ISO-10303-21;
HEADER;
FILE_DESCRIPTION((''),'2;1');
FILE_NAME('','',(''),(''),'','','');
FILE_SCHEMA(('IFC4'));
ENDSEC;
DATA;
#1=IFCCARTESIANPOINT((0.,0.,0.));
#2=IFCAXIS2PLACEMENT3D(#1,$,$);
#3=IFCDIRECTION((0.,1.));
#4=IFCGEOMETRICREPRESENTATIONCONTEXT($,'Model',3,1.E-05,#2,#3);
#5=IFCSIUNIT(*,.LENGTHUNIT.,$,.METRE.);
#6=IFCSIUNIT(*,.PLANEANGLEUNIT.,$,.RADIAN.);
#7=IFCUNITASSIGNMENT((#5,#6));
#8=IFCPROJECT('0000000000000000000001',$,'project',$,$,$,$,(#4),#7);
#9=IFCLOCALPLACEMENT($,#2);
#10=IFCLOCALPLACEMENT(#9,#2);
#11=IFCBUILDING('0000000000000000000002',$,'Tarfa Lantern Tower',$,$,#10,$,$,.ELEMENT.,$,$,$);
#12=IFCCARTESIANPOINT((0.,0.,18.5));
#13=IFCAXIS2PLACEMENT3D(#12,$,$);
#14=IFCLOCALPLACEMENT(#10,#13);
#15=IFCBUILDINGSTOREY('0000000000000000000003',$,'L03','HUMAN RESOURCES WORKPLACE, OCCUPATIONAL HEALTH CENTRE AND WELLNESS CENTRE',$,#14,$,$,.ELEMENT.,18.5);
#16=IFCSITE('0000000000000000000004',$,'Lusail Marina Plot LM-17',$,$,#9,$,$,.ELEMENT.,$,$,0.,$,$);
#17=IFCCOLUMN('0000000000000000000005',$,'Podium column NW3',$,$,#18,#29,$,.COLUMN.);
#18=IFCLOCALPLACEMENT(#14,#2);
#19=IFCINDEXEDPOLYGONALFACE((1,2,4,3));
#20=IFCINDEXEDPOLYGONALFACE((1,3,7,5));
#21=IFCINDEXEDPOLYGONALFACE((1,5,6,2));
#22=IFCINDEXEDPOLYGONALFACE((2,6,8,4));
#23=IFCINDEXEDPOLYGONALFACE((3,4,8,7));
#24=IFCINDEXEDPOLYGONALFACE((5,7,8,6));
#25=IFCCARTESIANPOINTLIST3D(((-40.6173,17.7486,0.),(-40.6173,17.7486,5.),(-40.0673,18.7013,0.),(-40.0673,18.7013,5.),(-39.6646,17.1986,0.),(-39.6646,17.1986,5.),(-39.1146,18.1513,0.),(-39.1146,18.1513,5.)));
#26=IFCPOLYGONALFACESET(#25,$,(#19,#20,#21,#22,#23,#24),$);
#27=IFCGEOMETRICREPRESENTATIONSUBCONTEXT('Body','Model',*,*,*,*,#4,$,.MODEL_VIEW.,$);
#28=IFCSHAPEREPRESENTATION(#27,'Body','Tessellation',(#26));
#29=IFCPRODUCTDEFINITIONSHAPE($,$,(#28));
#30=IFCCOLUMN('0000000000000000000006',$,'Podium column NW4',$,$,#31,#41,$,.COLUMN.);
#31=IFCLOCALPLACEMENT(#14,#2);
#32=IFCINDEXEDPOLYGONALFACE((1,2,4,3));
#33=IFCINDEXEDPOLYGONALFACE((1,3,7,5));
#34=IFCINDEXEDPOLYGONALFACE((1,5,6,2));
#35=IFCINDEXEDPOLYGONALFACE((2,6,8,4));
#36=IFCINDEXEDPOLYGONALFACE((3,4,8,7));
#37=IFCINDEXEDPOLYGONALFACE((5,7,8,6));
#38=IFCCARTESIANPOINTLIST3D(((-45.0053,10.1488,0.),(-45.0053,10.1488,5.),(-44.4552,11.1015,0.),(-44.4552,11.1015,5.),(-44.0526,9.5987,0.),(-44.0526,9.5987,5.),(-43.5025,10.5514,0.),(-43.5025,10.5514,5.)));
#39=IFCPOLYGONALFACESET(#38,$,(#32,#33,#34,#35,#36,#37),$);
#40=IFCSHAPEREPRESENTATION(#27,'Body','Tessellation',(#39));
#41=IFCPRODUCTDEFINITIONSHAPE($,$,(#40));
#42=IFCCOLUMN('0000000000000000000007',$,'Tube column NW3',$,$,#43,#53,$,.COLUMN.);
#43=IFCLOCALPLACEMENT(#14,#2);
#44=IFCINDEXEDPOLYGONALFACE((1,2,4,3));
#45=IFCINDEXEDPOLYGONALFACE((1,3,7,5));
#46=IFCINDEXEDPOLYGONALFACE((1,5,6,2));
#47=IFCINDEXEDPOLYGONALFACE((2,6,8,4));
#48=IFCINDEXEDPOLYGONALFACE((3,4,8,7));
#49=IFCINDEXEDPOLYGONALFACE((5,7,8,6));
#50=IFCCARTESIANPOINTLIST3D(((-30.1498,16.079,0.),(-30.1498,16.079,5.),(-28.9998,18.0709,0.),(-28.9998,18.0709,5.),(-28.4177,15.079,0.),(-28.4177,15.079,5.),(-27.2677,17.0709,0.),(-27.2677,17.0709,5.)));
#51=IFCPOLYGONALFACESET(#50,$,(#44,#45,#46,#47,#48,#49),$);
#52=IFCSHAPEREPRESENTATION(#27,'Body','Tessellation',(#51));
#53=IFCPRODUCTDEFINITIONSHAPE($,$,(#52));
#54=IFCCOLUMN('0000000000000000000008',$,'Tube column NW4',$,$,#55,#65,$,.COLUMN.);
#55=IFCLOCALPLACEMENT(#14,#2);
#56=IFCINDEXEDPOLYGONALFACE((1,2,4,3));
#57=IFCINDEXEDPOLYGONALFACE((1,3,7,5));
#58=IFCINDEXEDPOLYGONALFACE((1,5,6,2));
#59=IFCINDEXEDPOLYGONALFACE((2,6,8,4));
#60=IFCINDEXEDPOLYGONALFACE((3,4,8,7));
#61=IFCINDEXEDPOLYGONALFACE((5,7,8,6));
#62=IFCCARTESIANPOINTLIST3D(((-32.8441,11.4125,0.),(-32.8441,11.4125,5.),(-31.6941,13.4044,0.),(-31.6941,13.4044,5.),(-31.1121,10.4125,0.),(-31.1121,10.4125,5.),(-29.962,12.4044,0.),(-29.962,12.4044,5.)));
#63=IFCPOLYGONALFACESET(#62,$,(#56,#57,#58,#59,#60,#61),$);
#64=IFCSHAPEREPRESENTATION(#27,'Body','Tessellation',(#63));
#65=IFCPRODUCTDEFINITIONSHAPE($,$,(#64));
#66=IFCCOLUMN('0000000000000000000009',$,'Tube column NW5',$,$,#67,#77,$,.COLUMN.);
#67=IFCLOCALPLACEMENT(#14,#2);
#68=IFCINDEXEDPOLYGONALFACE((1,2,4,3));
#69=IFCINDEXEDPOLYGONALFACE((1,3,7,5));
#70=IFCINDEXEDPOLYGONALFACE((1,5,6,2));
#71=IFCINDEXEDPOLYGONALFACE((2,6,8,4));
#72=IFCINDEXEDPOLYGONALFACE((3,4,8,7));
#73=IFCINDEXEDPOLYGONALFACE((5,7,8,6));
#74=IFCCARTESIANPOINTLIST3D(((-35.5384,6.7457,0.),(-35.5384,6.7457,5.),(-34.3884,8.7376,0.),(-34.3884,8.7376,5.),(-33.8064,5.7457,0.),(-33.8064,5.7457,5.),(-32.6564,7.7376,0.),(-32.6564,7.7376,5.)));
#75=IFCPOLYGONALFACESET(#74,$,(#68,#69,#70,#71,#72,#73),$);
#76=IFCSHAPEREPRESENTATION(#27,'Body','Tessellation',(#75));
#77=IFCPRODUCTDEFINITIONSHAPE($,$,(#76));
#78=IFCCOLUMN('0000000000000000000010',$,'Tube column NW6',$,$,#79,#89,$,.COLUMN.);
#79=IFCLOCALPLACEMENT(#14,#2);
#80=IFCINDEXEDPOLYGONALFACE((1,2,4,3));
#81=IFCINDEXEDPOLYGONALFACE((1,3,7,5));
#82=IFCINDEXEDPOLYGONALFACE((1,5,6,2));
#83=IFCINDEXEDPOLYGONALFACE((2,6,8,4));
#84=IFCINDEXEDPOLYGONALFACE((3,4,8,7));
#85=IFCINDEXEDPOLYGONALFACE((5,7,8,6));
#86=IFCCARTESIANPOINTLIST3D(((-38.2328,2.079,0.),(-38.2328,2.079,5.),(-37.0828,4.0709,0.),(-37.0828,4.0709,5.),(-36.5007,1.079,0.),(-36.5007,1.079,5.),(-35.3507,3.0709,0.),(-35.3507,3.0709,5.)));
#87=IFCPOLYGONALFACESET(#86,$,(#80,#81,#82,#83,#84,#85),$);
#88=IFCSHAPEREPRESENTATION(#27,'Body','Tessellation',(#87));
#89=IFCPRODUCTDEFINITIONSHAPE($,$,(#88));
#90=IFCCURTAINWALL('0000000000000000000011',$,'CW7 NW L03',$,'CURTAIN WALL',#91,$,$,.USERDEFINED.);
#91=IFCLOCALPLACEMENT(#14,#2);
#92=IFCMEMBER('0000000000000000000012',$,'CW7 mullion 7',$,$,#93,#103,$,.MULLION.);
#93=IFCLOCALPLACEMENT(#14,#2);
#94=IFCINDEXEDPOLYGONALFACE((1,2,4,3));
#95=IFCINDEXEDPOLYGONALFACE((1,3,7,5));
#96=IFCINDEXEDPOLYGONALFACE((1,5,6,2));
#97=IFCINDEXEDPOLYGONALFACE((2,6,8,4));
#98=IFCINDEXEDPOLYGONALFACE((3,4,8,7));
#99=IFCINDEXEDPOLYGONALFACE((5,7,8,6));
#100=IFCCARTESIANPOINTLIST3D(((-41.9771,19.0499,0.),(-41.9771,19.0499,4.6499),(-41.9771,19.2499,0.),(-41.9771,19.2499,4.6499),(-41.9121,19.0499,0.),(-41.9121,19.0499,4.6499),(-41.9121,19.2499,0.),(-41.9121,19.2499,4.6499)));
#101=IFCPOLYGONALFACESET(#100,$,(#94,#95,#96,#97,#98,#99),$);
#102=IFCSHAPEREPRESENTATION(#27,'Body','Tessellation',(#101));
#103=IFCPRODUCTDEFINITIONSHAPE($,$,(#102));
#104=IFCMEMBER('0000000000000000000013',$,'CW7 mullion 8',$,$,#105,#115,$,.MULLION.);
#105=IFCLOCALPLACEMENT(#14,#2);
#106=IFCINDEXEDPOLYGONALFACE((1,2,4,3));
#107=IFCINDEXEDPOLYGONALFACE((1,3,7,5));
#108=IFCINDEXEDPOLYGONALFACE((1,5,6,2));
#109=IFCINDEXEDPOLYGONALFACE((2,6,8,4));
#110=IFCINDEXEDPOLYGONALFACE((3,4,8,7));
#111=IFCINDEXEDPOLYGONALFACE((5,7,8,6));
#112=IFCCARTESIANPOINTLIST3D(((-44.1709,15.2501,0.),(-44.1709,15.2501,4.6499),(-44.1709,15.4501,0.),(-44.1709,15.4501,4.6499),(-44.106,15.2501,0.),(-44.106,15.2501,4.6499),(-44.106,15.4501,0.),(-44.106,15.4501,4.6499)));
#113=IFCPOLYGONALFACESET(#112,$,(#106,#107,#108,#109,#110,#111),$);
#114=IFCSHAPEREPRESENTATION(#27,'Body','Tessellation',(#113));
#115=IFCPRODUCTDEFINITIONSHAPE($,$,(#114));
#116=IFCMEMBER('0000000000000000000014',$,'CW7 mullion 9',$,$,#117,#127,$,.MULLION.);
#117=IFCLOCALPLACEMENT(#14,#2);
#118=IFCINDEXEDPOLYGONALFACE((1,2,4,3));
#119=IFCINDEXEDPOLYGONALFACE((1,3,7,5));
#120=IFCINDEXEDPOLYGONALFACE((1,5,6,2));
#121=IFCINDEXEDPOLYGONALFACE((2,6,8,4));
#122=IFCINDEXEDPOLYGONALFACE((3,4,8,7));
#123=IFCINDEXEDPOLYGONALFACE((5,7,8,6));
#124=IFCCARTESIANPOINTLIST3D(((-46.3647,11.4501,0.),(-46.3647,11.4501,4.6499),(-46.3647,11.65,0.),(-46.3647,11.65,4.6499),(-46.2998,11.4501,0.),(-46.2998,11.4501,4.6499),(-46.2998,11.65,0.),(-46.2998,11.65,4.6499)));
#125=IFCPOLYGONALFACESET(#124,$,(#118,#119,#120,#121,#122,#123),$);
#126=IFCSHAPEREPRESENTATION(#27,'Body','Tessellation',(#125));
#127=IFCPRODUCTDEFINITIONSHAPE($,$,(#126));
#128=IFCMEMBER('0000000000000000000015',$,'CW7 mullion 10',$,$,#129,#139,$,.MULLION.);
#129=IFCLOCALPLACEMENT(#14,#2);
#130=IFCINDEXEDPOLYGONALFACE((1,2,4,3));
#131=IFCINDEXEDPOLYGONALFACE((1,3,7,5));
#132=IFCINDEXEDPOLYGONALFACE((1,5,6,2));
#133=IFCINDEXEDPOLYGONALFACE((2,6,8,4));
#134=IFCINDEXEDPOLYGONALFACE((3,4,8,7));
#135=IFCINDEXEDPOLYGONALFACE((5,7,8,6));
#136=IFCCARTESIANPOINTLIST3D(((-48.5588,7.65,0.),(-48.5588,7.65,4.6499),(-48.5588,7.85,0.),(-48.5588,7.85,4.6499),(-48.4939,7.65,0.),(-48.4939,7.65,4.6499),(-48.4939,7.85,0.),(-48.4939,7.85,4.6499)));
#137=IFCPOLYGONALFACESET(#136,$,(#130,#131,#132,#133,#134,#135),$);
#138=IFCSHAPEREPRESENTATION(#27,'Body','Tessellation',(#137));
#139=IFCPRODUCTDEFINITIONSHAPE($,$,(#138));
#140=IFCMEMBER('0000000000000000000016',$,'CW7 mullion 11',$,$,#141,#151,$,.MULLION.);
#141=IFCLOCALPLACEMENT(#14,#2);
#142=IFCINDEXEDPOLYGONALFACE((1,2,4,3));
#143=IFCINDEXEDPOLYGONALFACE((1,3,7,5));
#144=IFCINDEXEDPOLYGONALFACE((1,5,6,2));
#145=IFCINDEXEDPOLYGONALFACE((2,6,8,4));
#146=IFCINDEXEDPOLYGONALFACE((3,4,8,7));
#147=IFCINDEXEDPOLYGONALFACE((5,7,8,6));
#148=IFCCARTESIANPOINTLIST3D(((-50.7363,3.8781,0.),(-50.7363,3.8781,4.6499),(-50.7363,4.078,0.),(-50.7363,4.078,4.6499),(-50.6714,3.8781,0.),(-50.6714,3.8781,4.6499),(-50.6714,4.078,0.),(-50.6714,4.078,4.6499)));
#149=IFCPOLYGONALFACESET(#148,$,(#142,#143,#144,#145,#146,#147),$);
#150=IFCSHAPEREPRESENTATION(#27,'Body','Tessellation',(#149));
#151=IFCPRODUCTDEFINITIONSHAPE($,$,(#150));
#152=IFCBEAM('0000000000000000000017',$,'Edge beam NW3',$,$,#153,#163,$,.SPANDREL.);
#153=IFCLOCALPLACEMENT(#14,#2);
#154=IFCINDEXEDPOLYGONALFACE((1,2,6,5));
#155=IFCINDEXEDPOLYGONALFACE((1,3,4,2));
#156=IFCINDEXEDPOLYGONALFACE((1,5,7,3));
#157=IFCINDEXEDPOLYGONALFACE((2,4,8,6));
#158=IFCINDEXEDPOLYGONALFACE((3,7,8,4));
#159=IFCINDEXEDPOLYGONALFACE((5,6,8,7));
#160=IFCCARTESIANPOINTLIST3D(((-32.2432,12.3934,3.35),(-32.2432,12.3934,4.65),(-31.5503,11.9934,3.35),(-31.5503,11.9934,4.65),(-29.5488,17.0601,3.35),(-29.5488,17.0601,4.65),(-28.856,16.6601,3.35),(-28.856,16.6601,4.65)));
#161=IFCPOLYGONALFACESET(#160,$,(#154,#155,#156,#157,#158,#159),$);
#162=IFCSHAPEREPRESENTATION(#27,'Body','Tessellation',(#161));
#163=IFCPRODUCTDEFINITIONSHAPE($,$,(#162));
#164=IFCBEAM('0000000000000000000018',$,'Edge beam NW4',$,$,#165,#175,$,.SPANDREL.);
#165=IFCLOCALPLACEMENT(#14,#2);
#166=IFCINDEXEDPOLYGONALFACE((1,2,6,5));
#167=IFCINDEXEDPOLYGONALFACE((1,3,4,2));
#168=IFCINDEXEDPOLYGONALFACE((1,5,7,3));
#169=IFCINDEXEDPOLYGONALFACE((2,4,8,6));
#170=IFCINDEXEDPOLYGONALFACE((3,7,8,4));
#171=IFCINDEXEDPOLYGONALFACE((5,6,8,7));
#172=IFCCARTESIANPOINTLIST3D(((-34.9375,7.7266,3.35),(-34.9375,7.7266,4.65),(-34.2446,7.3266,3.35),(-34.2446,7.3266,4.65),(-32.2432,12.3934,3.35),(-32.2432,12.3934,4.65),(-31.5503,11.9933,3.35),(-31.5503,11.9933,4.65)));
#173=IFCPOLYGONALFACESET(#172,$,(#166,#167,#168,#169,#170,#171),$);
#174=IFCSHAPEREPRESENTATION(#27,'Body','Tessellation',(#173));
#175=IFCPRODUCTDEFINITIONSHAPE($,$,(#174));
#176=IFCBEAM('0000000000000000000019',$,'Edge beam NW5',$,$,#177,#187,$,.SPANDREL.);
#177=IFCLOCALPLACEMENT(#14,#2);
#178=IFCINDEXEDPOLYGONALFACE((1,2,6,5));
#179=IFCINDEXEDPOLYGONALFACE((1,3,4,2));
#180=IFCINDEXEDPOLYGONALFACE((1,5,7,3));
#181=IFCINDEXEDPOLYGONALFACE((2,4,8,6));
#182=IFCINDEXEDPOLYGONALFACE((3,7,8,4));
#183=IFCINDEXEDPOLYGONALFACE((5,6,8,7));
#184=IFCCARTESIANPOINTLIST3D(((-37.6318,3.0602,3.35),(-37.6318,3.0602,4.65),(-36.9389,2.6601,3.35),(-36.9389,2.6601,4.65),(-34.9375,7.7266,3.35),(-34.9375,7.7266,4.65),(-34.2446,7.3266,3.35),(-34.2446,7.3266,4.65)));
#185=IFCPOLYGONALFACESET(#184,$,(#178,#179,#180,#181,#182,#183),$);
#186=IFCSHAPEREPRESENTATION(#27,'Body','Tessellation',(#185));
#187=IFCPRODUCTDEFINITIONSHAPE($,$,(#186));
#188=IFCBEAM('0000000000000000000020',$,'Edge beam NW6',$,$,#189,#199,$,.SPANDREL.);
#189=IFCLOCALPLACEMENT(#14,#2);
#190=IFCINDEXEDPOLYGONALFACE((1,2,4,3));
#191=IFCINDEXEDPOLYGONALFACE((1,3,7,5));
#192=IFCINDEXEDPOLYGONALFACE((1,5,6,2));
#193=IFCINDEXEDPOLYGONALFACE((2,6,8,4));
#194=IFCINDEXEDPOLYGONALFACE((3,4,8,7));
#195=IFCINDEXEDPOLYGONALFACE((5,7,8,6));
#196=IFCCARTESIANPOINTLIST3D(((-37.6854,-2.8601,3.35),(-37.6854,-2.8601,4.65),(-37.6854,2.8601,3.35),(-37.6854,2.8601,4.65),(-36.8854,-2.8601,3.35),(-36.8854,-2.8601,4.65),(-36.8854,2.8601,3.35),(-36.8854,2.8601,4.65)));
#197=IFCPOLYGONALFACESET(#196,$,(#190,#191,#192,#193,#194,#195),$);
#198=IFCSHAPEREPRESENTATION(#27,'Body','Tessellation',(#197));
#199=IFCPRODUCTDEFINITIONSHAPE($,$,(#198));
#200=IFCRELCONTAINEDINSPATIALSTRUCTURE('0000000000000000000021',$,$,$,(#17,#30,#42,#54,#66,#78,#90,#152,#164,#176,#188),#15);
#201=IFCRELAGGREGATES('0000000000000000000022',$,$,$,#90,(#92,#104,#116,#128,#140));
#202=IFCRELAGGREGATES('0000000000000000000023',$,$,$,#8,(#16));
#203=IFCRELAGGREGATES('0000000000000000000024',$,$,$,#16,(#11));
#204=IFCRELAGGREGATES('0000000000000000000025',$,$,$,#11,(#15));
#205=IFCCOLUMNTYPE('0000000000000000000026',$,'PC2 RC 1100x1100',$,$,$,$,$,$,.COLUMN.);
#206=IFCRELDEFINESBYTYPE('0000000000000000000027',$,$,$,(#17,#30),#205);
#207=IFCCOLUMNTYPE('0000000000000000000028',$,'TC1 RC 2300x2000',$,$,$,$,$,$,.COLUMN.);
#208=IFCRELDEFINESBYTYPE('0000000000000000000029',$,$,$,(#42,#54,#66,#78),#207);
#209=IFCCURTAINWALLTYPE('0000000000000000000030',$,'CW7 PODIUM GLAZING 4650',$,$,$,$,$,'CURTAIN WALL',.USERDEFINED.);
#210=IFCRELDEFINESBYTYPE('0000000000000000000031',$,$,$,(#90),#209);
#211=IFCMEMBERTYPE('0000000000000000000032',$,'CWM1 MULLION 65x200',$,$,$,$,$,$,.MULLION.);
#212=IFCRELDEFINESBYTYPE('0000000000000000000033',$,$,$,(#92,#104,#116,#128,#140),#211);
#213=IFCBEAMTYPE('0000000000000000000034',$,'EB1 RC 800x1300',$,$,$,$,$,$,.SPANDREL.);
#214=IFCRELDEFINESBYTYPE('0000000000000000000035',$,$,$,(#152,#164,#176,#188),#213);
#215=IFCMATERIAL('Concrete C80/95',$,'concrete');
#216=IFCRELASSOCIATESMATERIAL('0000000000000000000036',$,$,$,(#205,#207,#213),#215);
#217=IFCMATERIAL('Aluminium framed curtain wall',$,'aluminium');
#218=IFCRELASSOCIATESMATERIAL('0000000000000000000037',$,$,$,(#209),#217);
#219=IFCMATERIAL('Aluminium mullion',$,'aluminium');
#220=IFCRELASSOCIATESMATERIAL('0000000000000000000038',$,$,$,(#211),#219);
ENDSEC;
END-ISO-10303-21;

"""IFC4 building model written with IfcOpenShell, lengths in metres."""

from ifc_helpers import new_model, si_unit, direction, frame, origin, origin_2d, place, context, subcontext, project, spatial, rectangle, extrude, material, material_profile, profile_set, type_object, element, aggregate, save


model = new_model("IFC4")

# Units and contexts
model_context = context("Model", 3, precision=1e-05, world=origin(), true_north=direction((0.0, 1.0)))
body_context = subcontext(model_context, "Body", "Model", "MODEL_VIEW")
ifc_project = project(units=[si_unit("LENGTHUNIT", "METRE"), si_unit("PLANEANGLEUNIT", "RADIAN")], contexts=[model_context])

# Site, building, storey
site_placement = place(None, origin())
site = spatial("IfcSite", under=ifc_project, at=site_placement, Name="Lusail Marina Plot LM-17", CompositionType="ELEMENT", RefElevation=0.0)
building_placement = place(site_placement, origin())
building = spatial("IfcBuilding", under=site, at=building_placement, Name="Tarfa Lantern Tower", CompositionType="ELEMENT")
storey_placement = place(building_placement, frame((0.0, 0.0, 18.5)))
storey = spatial("IfcBuildingStorey", under=building, at=storey_placement, Name="L03", Description="HUMAN RESOURCES WORKPLACE, OCCUPATIONAL HEALTH CENTRE AND WELLNESS CENTRE", CompositionType="ELEMENT", Elevation=18.5)

# Columns
ifc_material_1 = material(Name="Concrete C80/95", Category="concrete")
ifc_material_profile_1 = material_profile(ifc_material_1, rectangle(XDim=1.1001, YDim=1.1001, at=origin_2d()), Name="RC 1100x1100")
ifc_profile_set_1 = profile_set([ifc_material_profile_1], Name="Concrete C80/95")
column_type_1 = type_object("IfcColumnType", Name="PC2 RC 1100x1100", PredefinedType="COLUMN", material=ifc_profile_set_1)
for number, where, z_axis, x_axis, name in (
    (1, (-39.866, 17.95, 0.0), (0.0, 0.0, 1.0), (-0.5, -0.866025, 0.0), "Podium column NW3"),
    (2, (-44.2539, 10.3501, 0.0), (0.0, 0.0, 1.0), (-0.5, -0.866025, 0.0), "Podium column NW4"),
):
    element("IfcColumn", number, at=place(storey_placement, frame(where, z_axis=z_axis, x_axis=x_axis)), inside=storey, type_object=column_type_1, Name=name, PredefinedType="COLUMN", context=body_context, shape_type="SweptSolid", body=[
        extrude(rectangle(XDim=1.1001, YDim=1.1001, at=origin_2d()), origin(), (0.0, 0.0, 1.0), 5.0),
    ])
ifc_material_profile_2 = material_profile(ifc_material_1, rectangle(XDim=2.3, YDim=2.0, at=origin_2d()), Name="RC 2300x2000")
ifc_profile_set_2 = profile_set([ifc_material_profile_2], Name="Concrete C80/95")
column_type_2 = type_object("IfcColumnType", Name="TC1 RC 2300x2000", PredefinedType="COLUMN", material=ifc_profile_set_2)
for number, where, z_axis, x_axis, name in (
    (3, (-28.7087, 16.575, 0.0), (0.0, 0.0, 1.0), (-0.5, -0.866025, 0.0), "Tube column NW3"),
    (4, (-31.4031, 11.9084, 0.0), (0.0, 0.0, 1.0), (-0.5, -0.866025, 0.0), "Tube column NW4"),
    (5, (-34.0974, 7.2417, 0.0), (0.0, 0.0, 1.0), (-0.5, -0.866025, 0.0), "Tube column NW5"),
    (6, (-36.7917, 2.575, 0.0), (0.0, 0.0, 1.0), (-0.5, -0.866025, 0.0), "Tube column NW6"),
):
    element("IfcColumn", number, at=place(storey_placement, frame(where, z_axis=z_axis, x_axis=x_axis)), inside=storey, type_object=column_type_2, Name=name, PredefinedType="COLUMN", context=body_context, shape_type="SweptSolid", body=[
        extrude(rectangle(XDim=2.3, YDim=2.0, at=origin_2d()), origin(), (0.0, 0.0, 1.0), 5.0),
    ])

# Curtain wall, members
ifc_material_2 = material(Name="Aluminium framed curtain wall", Category="aluminium")
curtain_wall_type = type_object("IfcCurtainWallType", Name="CW7 PODIUM GLAZING 4650", ElementType="CURTAIN WALL", PredefinedType="USERDEFINED", material=ifc_material_2)
curtain_wall_placement = place(storey_placement, origin())
curtain_wall = element("IfcCurtainWall", 7, at=curtain_wall_placement, inside=storey, type_object=curtain_wall_type, Name="CW7 NW L03", ObjectType="CURTAIN WALL", PredefinedType="USERDEFINED")
ifc_material_3 = material(Name="Aluminium mullion", Category="aluminium")
ifc_material_profile_3 = material_profile(ifc_material_3, rectangle(XDim=0.0649, YDim=0.2, at=origin_2d()), Name="AL MULLION 65x200")
ifc_profile_set_3 = profile_set([ifc_material_profile_3], Name="Aluminium mullion")
member_type = type_object("IfcMemberType", Name="CWM1 MULLION 65x200", PredefinedType="MULLION", material=ifc_profile_set_3)
member_1_placement = place(storey_placement, frame((-41.9446, 19.1499, 0.0), z_axis=(0.0, 0.0, 1.0), x_axis=(1.0, 0.0, 0.0)))
member_1 = element("IfcMember", 8, at=member_1_placement, type_object=member_type, Name="CW7 mullion 7", PredefinedType="MULLION", context=body_context, shape_type="SweptSolid", body=[
    extrude(rectangle(XDim=0.0649, YDim=0.2, at=origin_2d()), origin(), (0.0, 0.0, 1.0), 4.6499),
])
member_2_placement = place(storey_placement, frame((-44.1384, 15.3501, 0.0), z_axis=(0.0, 0.0, 1.0), x_axis=(1.0, 0.0, 0.0)))
member_2 = element("IfcMember", 9, at=member_2_placement, type_object=member_type, Name="CW7 mullion 8", PredefinedType="MULLION", context=body_context, shape_type="SweptSolid", body=[
    extrude(rectangle(XDim=0.0649, YDim=0.2, at=origin_2d()), origin(), (0.0, 0.0, 1.0), 4.6499),
])
member_3_placement = place(storey_placement, frame((-46.3323, 11.55, 0.0), z_axis=(0.0, 0.0, 1.0), x_axis=(1.0, 0.0, 0.0)))
member_3 = element("IfcMember", 10, at=member_3_placement, type_object=member_type, Name="CW7 mullion 9", PredefinedType="MULLION", context=body_context, shape_type="SweptSolid", body=[
    extrude(rectangle(XDim=0.0649, YDim=0.2, at=origin_2d()), origin(), (0.0, 0.0, 1.0), 4.6499),
])
member_4_placement = place(storey_placement, frame((-48.5264, 7.75, 0.0), z_axis=(0.0, 0.0, 1.0), x_axis=(1.0, 0.0, 0.0)))
member_4 = element("IfcMember", 11, at=member_4_placement, type_object=member_type, Name="CW7 mullion 10", PredefinedType="MULLION", context=body_context, shape_type="SweptSolid", body=[
    extrude(rectangle(XDim=0.0649, YDim=0.2, at=origin_2d()), origin(), (0.0, 0.0, 1.0), 4.6499),
])
member_5_placement = place(storey_placement, frame((-50.7039, 3.978, 0.0), z_axis=(0.0, 0.0, 1.0), x_axis=(1.0, 0.0, 0.0)))
member_5 = element("IfcMember", 12, at=member_5_placement, type_object=member_type, Name="CW7 mullion 11", PredefinedType="MULLION", context=body_context, shape_type="SweptSolid", body=[
    extrude(rectangle(XDim=0.0649, YDim=0.2, at=origin_2d()), origin(), (0.0, 0.0, 1.0), 4.6499),
])

# Beams
ifc_material_profile_4 = material_profile(ifc_material_1, rectangle(XDim=0.8, YDim=1.3, at=origin_2d()), Name="RC 800x1300")
ifc_profile_set_4 = profile_set([ifc_material_profile_4], Name="Concrete C80/95")
beam_type_1 = type_object("IfcBeamType", Name="EB1 RC 800x1300", PredefinedType="SPANDREL", material=ifc_profile_set_4)
for number, where, z_axis, x_axis, name in (
    (13, (-29.2024, 16.8601, 4.0), (-0.499998, -0.866026, 0.0), (0.866026, -0.499998, 0.0), "Edge beam NW3"),
    (14, (-31.8967, 12.1934, 4.0), (-0.499998, -0.866026, 0.0), (0.866026, -0.499998, 0.0), "Edge beam NW4"),
):
    element("IfcBeam", number, at=place(storey_placement, frame(where, z_axis=z_axis, x_axis=x_axis)), inside=storey, type_object=beam_type_1, Name=name, PredefinedType="SPANDREL", context=body_context, shape_type="SweptSolid", body=[
        extrude(rectangle(XDim=0.8, YDim=1.3, at=origin_2d()), origin(), (0.0, 0.0, 1.0), 5.3887),
    ])
beam_1_placement = place(storey_placement, frame((-34.5911, 7.5266, 4.0), z_axis=(-0.500018, -0.866015, 0.0), x_axis=(0.866015, -0.500018, 0.0)))
element("IfcBeam", 15, at=beam_1_placement, inside=storey, type_object=beam_type_1, Name="Edge beam NW5", PredefinedType="SPANDREL", context=body_context, shape_type="SweptSolid", body=[
    extrude(rectangle(XDim=0.8, YDim=1.3, at=origin_2d()), origin(), (0.0, 0.0, 1.0), 5.3884),
])
beam_2_placement = place(storey_placement, frame((-37.2854, 2.8601, 4.0), z_axis=(0.0, -1.0, 0.0), x_axis=(1.0, 0.0, 0.0)))
element("IfcBeam", 16, at=beam_2_placement, inside=storey, type_object=beam_type_1, Name="Edge beam NW6", PredefinedType="SPANDREL", context=body_context, shape_type="SweptSolid", body=[
    extrude(rectangle(XDim=0.8, YDim=1.3, at=origin_2d()), origin(), (0.0, 0.0, 1.0), 5.7202),
])

aggregate(curtain_wall, [member_1, member_2, member_3, member_4, member_5])

save(model, "model.ifc")
